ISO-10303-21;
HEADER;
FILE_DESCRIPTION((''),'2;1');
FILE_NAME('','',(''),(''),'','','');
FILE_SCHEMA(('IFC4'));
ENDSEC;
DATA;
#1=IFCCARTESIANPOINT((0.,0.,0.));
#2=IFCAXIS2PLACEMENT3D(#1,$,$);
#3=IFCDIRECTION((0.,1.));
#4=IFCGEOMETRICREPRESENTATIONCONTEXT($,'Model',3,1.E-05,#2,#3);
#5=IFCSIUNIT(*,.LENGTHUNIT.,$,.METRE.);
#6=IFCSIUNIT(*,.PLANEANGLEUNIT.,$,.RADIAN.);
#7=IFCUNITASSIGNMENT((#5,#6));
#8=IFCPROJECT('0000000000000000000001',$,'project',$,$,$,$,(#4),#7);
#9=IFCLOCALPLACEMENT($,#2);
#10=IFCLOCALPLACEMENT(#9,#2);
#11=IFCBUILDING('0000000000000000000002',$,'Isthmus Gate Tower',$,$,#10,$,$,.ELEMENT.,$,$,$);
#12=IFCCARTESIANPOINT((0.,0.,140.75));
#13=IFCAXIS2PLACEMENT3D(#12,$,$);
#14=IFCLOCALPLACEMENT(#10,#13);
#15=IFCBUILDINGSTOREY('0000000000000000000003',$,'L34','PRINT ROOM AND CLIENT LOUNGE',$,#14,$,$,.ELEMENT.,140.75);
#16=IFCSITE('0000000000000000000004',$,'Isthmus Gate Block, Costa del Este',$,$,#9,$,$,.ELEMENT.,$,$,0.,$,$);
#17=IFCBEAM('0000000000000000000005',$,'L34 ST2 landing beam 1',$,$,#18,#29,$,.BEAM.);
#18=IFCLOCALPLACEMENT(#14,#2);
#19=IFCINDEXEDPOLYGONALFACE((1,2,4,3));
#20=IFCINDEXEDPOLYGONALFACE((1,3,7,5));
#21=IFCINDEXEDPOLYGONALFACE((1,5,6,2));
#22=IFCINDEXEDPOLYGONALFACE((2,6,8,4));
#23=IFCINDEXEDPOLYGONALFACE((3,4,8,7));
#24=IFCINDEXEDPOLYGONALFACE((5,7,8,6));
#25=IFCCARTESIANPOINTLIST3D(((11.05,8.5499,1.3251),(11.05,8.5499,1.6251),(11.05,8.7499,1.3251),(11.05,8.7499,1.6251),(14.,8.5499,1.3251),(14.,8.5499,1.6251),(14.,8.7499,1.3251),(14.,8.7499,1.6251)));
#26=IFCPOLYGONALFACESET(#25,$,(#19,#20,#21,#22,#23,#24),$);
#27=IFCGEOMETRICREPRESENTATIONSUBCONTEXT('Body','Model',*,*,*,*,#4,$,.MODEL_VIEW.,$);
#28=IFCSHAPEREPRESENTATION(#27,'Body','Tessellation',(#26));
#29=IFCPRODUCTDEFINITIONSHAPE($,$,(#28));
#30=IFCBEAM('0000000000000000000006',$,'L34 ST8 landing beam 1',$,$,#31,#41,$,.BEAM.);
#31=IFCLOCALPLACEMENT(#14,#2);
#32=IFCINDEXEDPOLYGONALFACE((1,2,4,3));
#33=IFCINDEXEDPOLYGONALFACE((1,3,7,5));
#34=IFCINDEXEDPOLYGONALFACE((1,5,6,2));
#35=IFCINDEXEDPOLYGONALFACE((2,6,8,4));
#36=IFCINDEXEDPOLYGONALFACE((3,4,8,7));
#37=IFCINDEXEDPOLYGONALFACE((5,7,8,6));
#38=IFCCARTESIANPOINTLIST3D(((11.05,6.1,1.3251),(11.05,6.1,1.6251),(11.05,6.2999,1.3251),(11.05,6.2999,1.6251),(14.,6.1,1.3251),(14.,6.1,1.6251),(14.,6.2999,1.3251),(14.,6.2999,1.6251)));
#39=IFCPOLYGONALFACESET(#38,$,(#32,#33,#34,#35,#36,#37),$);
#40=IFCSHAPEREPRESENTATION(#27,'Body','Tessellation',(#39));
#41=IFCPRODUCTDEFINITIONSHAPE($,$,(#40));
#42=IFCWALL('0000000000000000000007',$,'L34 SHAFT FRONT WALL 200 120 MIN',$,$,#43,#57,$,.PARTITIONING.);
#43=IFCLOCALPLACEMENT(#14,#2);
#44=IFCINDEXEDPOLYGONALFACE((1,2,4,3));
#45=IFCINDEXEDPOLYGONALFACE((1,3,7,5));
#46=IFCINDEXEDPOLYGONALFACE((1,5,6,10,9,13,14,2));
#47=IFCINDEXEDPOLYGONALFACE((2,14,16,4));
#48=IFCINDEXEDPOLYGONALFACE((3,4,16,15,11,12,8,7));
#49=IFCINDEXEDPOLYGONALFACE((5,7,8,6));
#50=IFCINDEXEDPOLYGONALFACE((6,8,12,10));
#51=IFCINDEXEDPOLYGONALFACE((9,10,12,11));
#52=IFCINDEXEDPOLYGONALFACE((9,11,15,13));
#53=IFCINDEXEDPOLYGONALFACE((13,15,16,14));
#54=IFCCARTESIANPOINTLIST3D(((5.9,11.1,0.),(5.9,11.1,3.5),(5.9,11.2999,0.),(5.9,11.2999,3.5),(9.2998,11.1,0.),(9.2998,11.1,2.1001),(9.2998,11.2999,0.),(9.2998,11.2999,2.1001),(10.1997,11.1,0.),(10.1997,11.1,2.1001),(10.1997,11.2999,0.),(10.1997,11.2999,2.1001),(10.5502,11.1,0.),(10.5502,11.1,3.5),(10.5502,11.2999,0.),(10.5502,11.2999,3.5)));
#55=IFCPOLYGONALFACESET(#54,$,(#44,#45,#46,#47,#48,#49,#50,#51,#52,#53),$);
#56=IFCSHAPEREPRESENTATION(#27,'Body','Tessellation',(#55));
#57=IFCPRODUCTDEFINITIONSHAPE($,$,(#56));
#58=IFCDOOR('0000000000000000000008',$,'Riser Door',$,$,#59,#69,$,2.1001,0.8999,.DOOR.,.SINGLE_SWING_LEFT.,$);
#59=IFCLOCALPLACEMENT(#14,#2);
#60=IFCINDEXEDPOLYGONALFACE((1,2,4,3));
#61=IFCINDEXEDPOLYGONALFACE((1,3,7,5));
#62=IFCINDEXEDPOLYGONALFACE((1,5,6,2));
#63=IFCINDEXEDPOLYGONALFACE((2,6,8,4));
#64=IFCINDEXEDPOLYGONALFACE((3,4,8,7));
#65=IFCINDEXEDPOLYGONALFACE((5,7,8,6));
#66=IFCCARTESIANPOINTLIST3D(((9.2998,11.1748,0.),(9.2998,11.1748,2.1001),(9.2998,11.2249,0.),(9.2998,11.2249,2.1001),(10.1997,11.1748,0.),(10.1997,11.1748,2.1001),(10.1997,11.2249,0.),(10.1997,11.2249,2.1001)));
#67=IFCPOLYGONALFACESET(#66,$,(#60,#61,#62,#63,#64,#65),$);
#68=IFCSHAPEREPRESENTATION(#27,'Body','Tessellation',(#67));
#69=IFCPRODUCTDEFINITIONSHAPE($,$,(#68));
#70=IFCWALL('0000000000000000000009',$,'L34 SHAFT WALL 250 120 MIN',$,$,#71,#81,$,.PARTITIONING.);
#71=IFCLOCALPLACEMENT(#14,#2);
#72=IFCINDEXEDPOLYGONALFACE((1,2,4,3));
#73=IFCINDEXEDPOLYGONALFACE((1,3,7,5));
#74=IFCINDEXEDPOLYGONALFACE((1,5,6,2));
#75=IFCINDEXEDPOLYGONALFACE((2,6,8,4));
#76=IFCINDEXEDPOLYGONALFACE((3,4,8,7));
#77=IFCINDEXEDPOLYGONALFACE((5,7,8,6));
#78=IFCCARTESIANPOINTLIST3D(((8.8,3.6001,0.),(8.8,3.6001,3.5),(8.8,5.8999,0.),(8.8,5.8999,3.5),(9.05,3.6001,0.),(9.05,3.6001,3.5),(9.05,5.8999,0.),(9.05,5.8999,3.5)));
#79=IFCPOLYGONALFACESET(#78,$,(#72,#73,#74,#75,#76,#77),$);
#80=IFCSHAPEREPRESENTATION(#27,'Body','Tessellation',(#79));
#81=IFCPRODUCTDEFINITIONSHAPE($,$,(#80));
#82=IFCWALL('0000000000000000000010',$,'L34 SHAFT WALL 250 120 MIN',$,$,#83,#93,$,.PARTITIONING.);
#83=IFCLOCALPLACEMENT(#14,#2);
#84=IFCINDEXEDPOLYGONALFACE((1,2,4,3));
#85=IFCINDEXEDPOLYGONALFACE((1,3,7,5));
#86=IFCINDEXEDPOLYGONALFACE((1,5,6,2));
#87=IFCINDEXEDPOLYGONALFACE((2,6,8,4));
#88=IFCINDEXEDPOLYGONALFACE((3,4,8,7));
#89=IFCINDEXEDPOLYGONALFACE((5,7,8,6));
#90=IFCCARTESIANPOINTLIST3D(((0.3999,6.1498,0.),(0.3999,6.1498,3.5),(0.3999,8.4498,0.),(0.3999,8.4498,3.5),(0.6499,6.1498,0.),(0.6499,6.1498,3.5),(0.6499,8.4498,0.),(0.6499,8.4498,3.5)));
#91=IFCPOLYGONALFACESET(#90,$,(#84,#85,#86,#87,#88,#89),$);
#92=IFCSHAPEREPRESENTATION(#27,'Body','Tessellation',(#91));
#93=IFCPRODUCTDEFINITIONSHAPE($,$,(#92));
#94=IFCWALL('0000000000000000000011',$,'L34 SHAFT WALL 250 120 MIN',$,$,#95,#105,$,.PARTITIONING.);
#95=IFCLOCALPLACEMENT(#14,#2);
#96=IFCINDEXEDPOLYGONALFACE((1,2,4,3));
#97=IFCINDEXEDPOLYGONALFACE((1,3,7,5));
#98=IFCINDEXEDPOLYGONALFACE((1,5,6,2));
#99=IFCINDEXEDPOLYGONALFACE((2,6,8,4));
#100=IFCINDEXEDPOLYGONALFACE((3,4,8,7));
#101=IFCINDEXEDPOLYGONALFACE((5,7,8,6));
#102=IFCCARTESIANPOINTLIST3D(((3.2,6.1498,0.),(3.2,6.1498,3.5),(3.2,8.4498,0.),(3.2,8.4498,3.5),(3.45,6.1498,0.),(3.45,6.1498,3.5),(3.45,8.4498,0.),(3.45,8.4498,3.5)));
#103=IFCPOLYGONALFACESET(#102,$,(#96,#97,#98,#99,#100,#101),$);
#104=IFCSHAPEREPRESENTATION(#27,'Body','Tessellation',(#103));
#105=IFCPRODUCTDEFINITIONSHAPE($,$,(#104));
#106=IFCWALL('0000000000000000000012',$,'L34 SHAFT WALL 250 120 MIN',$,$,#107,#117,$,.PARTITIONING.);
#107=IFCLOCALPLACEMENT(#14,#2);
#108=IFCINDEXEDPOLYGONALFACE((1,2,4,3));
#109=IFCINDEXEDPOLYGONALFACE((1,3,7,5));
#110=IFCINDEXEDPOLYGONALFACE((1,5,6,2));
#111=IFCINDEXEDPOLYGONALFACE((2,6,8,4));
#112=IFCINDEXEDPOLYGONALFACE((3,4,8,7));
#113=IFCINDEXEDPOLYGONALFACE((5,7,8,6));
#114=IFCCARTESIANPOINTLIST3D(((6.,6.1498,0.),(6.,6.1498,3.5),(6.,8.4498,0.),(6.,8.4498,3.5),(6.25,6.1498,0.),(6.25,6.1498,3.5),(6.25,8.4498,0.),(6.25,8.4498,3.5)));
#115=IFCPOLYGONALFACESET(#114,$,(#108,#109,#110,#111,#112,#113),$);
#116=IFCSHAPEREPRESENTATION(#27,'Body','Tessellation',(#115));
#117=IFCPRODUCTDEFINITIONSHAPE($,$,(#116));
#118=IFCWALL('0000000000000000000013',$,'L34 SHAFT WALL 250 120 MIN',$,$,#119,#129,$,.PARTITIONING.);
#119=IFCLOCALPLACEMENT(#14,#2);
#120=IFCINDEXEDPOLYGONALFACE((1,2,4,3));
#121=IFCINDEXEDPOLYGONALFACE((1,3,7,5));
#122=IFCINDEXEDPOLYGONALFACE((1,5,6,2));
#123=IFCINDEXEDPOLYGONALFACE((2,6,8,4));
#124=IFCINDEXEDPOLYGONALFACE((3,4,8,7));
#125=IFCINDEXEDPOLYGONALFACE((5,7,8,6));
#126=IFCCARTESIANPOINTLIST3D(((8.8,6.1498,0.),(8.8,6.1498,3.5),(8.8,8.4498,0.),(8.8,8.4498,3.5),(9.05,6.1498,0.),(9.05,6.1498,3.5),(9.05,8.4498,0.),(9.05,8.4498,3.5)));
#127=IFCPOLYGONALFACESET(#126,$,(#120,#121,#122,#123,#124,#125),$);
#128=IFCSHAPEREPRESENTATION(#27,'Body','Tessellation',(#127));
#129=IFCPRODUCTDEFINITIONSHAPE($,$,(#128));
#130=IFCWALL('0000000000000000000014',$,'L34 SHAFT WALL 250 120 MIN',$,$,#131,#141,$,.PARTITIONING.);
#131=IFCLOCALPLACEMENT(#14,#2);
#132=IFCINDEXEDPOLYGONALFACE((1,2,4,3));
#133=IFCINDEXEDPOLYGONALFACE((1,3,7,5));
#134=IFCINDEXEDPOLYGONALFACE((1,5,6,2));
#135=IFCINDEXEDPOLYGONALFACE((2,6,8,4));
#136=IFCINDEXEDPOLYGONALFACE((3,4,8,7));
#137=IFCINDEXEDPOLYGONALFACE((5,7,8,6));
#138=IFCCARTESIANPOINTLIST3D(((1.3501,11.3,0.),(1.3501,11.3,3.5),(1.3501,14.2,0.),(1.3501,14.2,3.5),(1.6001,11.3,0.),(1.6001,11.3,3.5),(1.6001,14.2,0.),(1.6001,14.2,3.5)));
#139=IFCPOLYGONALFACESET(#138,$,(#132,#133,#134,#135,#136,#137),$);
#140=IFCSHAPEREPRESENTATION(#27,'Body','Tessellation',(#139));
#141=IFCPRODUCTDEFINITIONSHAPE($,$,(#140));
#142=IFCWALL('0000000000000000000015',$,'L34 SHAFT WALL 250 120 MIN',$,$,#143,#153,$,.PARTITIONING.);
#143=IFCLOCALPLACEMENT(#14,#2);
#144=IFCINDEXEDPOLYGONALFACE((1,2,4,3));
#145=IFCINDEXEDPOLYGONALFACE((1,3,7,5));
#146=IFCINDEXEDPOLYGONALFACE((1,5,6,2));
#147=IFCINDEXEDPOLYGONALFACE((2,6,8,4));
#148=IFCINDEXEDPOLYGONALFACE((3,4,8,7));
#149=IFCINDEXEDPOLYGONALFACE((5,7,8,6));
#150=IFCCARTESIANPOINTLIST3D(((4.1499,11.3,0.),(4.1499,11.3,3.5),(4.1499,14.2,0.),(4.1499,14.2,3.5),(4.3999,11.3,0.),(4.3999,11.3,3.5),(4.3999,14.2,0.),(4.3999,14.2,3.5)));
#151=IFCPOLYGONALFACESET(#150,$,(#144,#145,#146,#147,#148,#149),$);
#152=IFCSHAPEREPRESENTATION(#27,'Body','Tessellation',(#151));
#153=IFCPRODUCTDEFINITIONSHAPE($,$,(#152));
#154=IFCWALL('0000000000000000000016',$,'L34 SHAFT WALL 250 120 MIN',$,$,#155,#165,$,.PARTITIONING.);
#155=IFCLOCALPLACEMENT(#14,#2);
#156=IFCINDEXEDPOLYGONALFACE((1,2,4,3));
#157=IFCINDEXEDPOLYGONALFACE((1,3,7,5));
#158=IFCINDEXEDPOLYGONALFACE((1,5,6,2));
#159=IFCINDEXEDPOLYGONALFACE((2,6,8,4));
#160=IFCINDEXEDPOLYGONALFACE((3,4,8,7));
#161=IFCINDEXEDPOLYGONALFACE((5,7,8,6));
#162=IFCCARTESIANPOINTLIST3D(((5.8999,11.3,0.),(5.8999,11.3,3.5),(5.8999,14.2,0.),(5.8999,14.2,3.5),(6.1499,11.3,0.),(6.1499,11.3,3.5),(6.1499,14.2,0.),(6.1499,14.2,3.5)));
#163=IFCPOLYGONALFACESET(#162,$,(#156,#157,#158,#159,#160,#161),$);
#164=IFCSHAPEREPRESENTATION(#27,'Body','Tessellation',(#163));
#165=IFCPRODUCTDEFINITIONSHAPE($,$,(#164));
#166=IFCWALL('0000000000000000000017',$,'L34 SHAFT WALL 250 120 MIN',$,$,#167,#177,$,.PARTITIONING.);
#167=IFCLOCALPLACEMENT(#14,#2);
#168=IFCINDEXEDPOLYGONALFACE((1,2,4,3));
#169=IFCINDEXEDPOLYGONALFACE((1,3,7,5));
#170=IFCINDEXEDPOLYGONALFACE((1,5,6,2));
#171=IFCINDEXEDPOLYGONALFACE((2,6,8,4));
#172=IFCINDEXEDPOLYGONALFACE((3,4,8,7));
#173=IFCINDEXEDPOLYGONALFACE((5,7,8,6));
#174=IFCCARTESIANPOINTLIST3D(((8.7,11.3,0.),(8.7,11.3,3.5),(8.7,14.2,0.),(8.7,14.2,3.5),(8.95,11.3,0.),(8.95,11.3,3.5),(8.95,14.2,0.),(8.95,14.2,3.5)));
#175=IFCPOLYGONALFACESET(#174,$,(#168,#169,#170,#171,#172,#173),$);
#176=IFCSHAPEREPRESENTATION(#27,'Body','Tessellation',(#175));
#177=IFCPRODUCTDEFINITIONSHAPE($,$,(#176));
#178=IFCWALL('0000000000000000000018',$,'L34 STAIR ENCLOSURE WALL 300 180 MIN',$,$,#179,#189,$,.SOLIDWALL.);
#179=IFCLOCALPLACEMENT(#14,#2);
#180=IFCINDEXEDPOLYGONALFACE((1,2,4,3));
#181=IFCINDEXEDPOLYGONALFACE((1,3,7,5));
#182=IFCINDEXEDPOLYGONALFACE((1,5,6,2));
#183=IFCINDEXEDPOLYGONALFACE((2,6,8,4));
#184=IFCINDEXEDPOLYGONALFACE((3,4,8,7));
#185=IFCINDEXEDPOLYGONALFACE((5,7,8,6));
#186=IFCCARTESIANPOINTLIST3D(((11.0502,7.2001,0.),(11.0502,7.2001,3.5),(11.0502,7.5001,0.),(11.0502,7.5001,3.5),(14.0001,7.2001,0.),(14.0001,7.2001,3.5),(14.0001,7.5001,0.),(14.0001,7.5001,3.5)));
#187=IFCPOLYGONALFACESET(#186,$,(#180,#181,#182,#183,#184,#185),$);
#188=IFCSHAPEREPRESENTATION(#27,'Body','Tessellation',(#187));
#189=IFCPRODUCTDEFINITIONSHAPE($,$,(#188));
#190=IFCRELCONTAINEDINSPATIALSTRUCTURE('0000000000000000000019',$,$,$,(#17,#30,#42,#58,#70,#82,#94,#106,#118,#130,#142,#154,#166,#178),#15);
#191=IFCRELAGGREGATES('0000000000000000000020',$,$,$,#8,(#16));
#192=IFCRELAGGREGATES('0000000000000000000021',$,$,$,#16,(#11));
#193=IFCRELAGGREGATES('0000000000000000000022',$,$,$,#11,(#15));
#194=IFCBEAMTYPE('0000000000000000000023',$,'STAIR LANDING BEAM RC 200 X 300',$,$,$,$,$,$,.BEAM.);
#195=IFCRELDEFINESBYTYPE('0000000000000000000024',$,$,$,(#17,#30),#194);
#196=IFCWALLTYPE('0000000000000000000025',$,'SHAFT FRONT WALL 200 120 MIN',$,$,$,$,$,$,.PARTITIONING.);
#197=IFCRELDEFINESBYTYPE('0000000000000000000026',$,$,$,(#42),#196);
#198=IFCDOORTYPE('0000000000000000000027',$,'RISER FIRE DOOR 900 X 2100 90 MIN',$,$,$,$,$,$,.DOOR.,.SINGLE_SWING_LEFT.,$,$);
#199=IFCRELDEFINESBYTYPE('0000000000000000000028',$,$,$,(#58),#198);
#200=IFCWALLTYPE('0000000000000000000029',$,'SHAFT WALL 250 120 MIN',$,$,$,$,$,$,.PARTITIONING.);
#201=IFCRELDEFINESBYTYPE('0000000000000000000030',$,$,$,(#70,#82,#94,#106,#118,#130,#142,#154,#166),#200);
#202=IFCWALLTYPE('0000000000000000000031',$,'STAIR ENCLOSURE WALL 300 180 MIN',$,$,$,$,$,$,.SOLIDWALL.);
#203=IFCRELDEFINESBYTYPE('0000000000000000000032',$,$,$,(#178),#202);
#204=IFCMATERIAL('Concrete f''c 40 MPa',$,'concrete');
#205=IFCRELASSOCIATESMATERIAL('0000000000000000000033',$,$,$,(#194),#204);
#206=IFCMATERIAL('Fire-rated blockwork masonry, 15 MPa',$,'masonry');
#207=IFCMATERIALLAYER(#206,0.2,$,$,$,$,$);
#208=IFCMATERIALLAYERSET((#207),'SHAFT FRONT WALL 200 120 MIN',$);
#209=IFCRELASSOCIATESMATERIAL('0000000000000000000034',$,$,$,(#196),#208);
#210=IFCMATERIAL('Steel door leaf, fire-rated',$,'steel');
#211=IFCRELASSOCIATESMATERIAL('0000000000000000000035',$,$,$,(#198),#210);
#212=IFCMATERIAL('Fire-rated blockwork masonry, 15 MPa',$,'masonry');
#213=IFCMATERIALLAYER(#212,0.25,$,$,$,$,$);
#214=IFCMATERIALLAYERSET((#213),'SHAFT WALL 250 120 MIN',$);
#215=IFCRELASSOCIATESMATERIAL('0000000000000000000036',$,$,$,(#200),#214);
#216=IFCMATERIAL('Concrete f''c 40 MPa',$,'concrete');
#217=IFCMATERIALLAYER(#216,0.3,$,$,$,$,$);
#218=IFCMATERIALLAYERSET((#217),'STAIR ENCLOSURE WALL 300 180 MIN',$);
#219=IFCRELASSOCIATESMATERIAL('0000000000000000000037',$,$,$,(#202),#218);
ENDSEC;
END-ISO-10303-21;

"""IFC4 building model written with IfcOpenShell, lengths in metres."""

from ifc_helpers import new_model, si_unit, direction, frame, frame_2d, origin, origin_2d, place, context, subcontext, project, spatial, rectangle, extrude, material, layer, layer_set, material_profile, profile_set, type_object, element, fill, save


model = new_model("IFC4")

# Units and contexts
model_context = context("Model", 3, precision=1e-05, world=origin(), true_north=direction((0.0, 1.0)))
body_context = subcontext(model_context, "Body", "Model", "MODEL_VIEW")
ifc_project = project(units=[si_unit("LENGTHUNIT", "METRE"), si_unit("PLANEANGLEUNIT", "RADIAN")], contexts=[model_context])

# Site, building, storey
site_placement = place(None, origin())
site = spatial("IfcSite", under=ifc_project, at=site_placement, Name="Isthmus Gate Block, Costa del Este", CompositionType="ELEMENT", RefElevation=0.0)
building_placement = place(site_placement, origin())
building = spatial("IfcBuilding", under=site, at=building_placement, Name="Isthmus Gate Tower", CompositionType="ELEMENT")
storey_placement = place(building_placement, frame((0.0, 0.0, 140.75)))
storey = spatial("IfcBuildingStorey", under=building, at=storey_placement, Name="L34", Description="PRINT ROOM AND CLIENT LOUNGE", CompositionType="ELEMENT", Elevation=140.75)

# Beams
ifc_material_1 = material(Name="Concrete f'c 40 MPa", Category="concrete")
ifc_material_profile = material_profile(ifc_material_1, rectangle(XDim=0.2, YDim=0.3, at=origin_2d()), Name="STAIR LANDING BEAM RC 200 X 300")
ifc_profile_set = profile_set([ifc_material_profile], Name="Concrete f'c 40 MPa")
beam_type = type_object("IfcBeamType", Name="STAIR LANDING BEAM RC 200 X 300", PredefinedType="BEAM", material=ifc_profile_set)
for number, where, z_axis, x_axis, name in (
    (1, (11.05, 8.6499, 1.4751), (1.0, 0.0, 0.0), (0.0, 1.0, 0.0), "L34 ST2 landing beam 1"),
    (2, (11.05, 6.2, 1.4751), (1.0, 0.0, 0.0), (0.0, 1.0, 0.0), "L34 ST8 landing beam 1"),
):
    element("IfcBeam", number, at=place(storey_placement, frame(where, z_axis=z_axis, x_axis=x_axis)), inside=storey, type_object=beam_type, Name=name, PredefinedType="BEAM", context=body_context, shape_type="SweptSolid", body=[
        extrude(rectangle(XDim=0.2, YDim=0.3, at=origin_2d()), origin(), (0.0, 0.0, 1.0), 2.95),
    ])

# Wall, opening, door
ifc_material_2 = material(Name="Fire-rated blockwork masonry, 15 MPa", Category="masonry")
ifc_layer_1 = layer(ifc_material_2, 0.2)
ifc_layer_set_1 = layer_set([ifc_layer_1], Name="SHAFT FRONT WALL 200 120 MIN")
wall_type_1 = type_object("IfcWallType", Name="SHAFT FRONT WALL 200 120 MIN", PredefinedType="PARTITIONING", material=ifc_layer_set_1)
wall_1_placement = place(storey_placement, frame((5.8999, 11.2, 0.0), z_axis=(0.0, 0.0, 1.0), x_axis=(1.0, 0.0, 0.0)))
wall_1 = element("IfcWall", 3, at=wall_1_placement, inside=storey, type_object=wall_type_1, Name="L34 SHAFT FRONT WALL 200 120 MIN", PredefinedType="PARTITIONING", context=body_context, shape_type="SweptSolid", body=[
    extrude(rectangle(XDim=4.6501, YDim=0.2, at=frame_2d((2.3252, 0.0))), origin(), (0.0, 0.0, 1.0), 3.5),
])
opening_placement = place(wall_1_placement, frame((3.3999, 0.0, 0.0)))
opening = element("IfcOpeningElement", 4, at=opening_placement, cuts=wall_1, PredefinedType="OPENING", context=body_context, shape_type="SweptSolid", body=[
    extrude(rectangle(XDim=0.8999, YDim=2.1001, at=frame_2d((0.45, 1.05))), frame((0.0, 0.1099, 0.0), z_axis=(0.0, -1.0, 0.0), x_axis=(1.0, 0.0, 0.0)), (0.0, 0.0, 1.0), 0.22),
])
ifc_material_3 = material(Name="Steel door leaf, fire-rated", Category="steel")
door_type = type_object("IfcDoorType", Name="RISER FIRE DOOR 900 X 2100 90 MIN", OperationType="SINGLE_SWING_LEFT", PredefinedType="DOOR", material=ifc_material_3)
door_placement = place(opening_placement, origin())
door = element("IfcDoor", 5, at=door_placement, inside=storey, type_object=door_type, Name="Riser Door", OperationType="SINGLE_SWING_LEFT", OverallHeight=2.1001, OverallWidth=0.8999, PredefinedType="DOOR", context=body_context, shape_type="SweptSolid", body=[
    extrude(rectangle(XDim=0.8999, YDim=2.1001, at=frame_2d((0.45, 1.05))), frame((0.0, 0.0249, 0.0), z_axis=(0.0, -1.0, 0.0), x_axis=(1.0, 0.0, 0.0)), (0.0, 0.0, 1.0), 0.05),
])
fill(opening, door)

# Walls
ifc_material_4 = material(Name="Fire-rated blockwork masonry, 15 MPa", Category="masonry")
ifc_layer_2 = layer(ifc_material_4, 0.25)
ifc_layer_set_2 = layer_set([ifc_layer_2], Name="SHAFT WALL 250 120 MIN")
wall_type_2 = type_object("IfcWallType", Name="SHAFT WALL 250 120 MIN", PredefinedType="PARTITIONING", material=ifc_layer_set_2)
wall_2_placement = place(storey_placement, frame((8.925, 3.6001, 0.0), z_axis=(0.0, 0.0, 1.0), x_axis=(0.0, 1.0, 0.0)))
element("IfcWall", 6, at=wall_2_placement, inside=storey, type_object=wall_type_2, Name="L34 SHAFT WALL 250 120 MIN", PredefinedType="PARTITIONING", context=body_context, shape_type="SweptSolid", body=[
    extrude(rectangle(XDim=2.2998, YDim=0.25, at=frame_2d((1.1499, 0.0))), origin(), (0.0, 0.0, 1.0), 3.5),
])
for number, where, z_axis, x_axis, name in (
    (7, (0.5249, 6.1499, 0.0), (0.0, 0.0, 1.0), (0.0, 1.0, 0.0), "L34 SHAFT WALL 250 120 MIN"),
    (8, (3.325, 6.1499, 0.0), (0.0, 0.0, 1.0), (0.0, 1.0, 0.0), "L34 SHAFT WALL 250 120 MIN"),
    (9, (6.125, 6.1499, 0.0), (0.0, 0.0, 1.0), (0.0, 1.0, 0.0), "L34 SHAFT WALL 250 120 MIN"),
    (10, (8.925, 6.1499, 0.0), (0.0, 0.0, 1.0), (0.0, 1.0, 0.0), "L34 SHAFT WALL 250 120 MIN"),
):
    element("IfcWall", number, at=place(storey_placement, frame(where, z_axis=z_axis, x_axis=x_axis)), inside=storey, type_object=wall_type_2, Name=name, PredefinedType="PARTITIONING", context=body_context, shape_type="SweptSolid", body=[
        extrude(rectangle(XDim=2.3, YDim=0.25, at=frame_2d((1.1499, 0.0))), origin(), (0.0, 0.0, 1.0), 3.5),
    ])
for number, where, z_axis, x_axis, name in (
    (11, (1.4751, 11.3, 0.0), (0.0, 0.0, 1.0), (0.0, 1.0, 0.0), "L34 SHAFT WALL 250 120 MIN"),
    (12, (4.2749, 11.3, 0.0), (0.0, 0.0, 1.0), (0.0, 1.0, 0.0), "L34 SHAFT WALL 250 120 MIN"),
    (13, (6.0249, 11.3, 0.0), (0.0, 0.0, 1.0), (0.0, 1.0, 0.0), "L34 SHAFT WALL 250 120 MIN"),
    (14, (8.825, 11.3, 0.0), (0.0, 0.0, 1.0), (0.0, 1.0, 0.0), "L34 SHAFT WALL 250 120 MIN"),
):
    element("IfcWall", number, at=place(storey_placement, frame(where, z_axis=z_axis, x_axis=x_axis)), inside=storey, type_object=wall_type_2, Name=name, PredefinedType="PARTITIONING", context=body_context, shape_type="SweptSolid", body=[
        extrude(rectangle(XDim=2.8999, YDim=0.25, at=frame_2d((1.45, 0.0))), origin(), (0.0, 0.0, 1.0), 3.5),
    ])
ifc_material_5 = material(Name="Concrete f'c 40 MPa", Category="concrete")
ifc_layer_3 = layer(ifc_material_5, 0.3)
ifc_layer_set_3 = layer_set([ifc_layer_3], Name="STAIR ENCLOSURE WALL 300 180 MIN")
wall_type_3 = type_object("IfcWallType", Name="STAIR ENCLOSURE WALL 300 180 MIN", PredefinedType="SOLIDWALL", material=ifc_layer_set_3)
wall_3_placement = place(storey_placement, frame((11.05, 7.3501, 0.0), z_axis=(0.0, 0.0, 1.0), x_axis=(1.0, 0.0, 0.0)))
element("IfcWall", 15, at=wall_3_placement, inside=storey, type_object=wall_type_3, Name="L34 STAIR ENCLOSURE WALL 300 180 MIN", PredefinedType="SOLIDWALL", context=body_context, shape_type="SweptSolid", body=[
    extrude(rectangle(XDim=2.95, YDim=0.3, at=frame_2d((1.4751, 0.0))), origin(), (0.0, 0.0, 1.0), 3.5),
])

save(model, "model.ifc")
